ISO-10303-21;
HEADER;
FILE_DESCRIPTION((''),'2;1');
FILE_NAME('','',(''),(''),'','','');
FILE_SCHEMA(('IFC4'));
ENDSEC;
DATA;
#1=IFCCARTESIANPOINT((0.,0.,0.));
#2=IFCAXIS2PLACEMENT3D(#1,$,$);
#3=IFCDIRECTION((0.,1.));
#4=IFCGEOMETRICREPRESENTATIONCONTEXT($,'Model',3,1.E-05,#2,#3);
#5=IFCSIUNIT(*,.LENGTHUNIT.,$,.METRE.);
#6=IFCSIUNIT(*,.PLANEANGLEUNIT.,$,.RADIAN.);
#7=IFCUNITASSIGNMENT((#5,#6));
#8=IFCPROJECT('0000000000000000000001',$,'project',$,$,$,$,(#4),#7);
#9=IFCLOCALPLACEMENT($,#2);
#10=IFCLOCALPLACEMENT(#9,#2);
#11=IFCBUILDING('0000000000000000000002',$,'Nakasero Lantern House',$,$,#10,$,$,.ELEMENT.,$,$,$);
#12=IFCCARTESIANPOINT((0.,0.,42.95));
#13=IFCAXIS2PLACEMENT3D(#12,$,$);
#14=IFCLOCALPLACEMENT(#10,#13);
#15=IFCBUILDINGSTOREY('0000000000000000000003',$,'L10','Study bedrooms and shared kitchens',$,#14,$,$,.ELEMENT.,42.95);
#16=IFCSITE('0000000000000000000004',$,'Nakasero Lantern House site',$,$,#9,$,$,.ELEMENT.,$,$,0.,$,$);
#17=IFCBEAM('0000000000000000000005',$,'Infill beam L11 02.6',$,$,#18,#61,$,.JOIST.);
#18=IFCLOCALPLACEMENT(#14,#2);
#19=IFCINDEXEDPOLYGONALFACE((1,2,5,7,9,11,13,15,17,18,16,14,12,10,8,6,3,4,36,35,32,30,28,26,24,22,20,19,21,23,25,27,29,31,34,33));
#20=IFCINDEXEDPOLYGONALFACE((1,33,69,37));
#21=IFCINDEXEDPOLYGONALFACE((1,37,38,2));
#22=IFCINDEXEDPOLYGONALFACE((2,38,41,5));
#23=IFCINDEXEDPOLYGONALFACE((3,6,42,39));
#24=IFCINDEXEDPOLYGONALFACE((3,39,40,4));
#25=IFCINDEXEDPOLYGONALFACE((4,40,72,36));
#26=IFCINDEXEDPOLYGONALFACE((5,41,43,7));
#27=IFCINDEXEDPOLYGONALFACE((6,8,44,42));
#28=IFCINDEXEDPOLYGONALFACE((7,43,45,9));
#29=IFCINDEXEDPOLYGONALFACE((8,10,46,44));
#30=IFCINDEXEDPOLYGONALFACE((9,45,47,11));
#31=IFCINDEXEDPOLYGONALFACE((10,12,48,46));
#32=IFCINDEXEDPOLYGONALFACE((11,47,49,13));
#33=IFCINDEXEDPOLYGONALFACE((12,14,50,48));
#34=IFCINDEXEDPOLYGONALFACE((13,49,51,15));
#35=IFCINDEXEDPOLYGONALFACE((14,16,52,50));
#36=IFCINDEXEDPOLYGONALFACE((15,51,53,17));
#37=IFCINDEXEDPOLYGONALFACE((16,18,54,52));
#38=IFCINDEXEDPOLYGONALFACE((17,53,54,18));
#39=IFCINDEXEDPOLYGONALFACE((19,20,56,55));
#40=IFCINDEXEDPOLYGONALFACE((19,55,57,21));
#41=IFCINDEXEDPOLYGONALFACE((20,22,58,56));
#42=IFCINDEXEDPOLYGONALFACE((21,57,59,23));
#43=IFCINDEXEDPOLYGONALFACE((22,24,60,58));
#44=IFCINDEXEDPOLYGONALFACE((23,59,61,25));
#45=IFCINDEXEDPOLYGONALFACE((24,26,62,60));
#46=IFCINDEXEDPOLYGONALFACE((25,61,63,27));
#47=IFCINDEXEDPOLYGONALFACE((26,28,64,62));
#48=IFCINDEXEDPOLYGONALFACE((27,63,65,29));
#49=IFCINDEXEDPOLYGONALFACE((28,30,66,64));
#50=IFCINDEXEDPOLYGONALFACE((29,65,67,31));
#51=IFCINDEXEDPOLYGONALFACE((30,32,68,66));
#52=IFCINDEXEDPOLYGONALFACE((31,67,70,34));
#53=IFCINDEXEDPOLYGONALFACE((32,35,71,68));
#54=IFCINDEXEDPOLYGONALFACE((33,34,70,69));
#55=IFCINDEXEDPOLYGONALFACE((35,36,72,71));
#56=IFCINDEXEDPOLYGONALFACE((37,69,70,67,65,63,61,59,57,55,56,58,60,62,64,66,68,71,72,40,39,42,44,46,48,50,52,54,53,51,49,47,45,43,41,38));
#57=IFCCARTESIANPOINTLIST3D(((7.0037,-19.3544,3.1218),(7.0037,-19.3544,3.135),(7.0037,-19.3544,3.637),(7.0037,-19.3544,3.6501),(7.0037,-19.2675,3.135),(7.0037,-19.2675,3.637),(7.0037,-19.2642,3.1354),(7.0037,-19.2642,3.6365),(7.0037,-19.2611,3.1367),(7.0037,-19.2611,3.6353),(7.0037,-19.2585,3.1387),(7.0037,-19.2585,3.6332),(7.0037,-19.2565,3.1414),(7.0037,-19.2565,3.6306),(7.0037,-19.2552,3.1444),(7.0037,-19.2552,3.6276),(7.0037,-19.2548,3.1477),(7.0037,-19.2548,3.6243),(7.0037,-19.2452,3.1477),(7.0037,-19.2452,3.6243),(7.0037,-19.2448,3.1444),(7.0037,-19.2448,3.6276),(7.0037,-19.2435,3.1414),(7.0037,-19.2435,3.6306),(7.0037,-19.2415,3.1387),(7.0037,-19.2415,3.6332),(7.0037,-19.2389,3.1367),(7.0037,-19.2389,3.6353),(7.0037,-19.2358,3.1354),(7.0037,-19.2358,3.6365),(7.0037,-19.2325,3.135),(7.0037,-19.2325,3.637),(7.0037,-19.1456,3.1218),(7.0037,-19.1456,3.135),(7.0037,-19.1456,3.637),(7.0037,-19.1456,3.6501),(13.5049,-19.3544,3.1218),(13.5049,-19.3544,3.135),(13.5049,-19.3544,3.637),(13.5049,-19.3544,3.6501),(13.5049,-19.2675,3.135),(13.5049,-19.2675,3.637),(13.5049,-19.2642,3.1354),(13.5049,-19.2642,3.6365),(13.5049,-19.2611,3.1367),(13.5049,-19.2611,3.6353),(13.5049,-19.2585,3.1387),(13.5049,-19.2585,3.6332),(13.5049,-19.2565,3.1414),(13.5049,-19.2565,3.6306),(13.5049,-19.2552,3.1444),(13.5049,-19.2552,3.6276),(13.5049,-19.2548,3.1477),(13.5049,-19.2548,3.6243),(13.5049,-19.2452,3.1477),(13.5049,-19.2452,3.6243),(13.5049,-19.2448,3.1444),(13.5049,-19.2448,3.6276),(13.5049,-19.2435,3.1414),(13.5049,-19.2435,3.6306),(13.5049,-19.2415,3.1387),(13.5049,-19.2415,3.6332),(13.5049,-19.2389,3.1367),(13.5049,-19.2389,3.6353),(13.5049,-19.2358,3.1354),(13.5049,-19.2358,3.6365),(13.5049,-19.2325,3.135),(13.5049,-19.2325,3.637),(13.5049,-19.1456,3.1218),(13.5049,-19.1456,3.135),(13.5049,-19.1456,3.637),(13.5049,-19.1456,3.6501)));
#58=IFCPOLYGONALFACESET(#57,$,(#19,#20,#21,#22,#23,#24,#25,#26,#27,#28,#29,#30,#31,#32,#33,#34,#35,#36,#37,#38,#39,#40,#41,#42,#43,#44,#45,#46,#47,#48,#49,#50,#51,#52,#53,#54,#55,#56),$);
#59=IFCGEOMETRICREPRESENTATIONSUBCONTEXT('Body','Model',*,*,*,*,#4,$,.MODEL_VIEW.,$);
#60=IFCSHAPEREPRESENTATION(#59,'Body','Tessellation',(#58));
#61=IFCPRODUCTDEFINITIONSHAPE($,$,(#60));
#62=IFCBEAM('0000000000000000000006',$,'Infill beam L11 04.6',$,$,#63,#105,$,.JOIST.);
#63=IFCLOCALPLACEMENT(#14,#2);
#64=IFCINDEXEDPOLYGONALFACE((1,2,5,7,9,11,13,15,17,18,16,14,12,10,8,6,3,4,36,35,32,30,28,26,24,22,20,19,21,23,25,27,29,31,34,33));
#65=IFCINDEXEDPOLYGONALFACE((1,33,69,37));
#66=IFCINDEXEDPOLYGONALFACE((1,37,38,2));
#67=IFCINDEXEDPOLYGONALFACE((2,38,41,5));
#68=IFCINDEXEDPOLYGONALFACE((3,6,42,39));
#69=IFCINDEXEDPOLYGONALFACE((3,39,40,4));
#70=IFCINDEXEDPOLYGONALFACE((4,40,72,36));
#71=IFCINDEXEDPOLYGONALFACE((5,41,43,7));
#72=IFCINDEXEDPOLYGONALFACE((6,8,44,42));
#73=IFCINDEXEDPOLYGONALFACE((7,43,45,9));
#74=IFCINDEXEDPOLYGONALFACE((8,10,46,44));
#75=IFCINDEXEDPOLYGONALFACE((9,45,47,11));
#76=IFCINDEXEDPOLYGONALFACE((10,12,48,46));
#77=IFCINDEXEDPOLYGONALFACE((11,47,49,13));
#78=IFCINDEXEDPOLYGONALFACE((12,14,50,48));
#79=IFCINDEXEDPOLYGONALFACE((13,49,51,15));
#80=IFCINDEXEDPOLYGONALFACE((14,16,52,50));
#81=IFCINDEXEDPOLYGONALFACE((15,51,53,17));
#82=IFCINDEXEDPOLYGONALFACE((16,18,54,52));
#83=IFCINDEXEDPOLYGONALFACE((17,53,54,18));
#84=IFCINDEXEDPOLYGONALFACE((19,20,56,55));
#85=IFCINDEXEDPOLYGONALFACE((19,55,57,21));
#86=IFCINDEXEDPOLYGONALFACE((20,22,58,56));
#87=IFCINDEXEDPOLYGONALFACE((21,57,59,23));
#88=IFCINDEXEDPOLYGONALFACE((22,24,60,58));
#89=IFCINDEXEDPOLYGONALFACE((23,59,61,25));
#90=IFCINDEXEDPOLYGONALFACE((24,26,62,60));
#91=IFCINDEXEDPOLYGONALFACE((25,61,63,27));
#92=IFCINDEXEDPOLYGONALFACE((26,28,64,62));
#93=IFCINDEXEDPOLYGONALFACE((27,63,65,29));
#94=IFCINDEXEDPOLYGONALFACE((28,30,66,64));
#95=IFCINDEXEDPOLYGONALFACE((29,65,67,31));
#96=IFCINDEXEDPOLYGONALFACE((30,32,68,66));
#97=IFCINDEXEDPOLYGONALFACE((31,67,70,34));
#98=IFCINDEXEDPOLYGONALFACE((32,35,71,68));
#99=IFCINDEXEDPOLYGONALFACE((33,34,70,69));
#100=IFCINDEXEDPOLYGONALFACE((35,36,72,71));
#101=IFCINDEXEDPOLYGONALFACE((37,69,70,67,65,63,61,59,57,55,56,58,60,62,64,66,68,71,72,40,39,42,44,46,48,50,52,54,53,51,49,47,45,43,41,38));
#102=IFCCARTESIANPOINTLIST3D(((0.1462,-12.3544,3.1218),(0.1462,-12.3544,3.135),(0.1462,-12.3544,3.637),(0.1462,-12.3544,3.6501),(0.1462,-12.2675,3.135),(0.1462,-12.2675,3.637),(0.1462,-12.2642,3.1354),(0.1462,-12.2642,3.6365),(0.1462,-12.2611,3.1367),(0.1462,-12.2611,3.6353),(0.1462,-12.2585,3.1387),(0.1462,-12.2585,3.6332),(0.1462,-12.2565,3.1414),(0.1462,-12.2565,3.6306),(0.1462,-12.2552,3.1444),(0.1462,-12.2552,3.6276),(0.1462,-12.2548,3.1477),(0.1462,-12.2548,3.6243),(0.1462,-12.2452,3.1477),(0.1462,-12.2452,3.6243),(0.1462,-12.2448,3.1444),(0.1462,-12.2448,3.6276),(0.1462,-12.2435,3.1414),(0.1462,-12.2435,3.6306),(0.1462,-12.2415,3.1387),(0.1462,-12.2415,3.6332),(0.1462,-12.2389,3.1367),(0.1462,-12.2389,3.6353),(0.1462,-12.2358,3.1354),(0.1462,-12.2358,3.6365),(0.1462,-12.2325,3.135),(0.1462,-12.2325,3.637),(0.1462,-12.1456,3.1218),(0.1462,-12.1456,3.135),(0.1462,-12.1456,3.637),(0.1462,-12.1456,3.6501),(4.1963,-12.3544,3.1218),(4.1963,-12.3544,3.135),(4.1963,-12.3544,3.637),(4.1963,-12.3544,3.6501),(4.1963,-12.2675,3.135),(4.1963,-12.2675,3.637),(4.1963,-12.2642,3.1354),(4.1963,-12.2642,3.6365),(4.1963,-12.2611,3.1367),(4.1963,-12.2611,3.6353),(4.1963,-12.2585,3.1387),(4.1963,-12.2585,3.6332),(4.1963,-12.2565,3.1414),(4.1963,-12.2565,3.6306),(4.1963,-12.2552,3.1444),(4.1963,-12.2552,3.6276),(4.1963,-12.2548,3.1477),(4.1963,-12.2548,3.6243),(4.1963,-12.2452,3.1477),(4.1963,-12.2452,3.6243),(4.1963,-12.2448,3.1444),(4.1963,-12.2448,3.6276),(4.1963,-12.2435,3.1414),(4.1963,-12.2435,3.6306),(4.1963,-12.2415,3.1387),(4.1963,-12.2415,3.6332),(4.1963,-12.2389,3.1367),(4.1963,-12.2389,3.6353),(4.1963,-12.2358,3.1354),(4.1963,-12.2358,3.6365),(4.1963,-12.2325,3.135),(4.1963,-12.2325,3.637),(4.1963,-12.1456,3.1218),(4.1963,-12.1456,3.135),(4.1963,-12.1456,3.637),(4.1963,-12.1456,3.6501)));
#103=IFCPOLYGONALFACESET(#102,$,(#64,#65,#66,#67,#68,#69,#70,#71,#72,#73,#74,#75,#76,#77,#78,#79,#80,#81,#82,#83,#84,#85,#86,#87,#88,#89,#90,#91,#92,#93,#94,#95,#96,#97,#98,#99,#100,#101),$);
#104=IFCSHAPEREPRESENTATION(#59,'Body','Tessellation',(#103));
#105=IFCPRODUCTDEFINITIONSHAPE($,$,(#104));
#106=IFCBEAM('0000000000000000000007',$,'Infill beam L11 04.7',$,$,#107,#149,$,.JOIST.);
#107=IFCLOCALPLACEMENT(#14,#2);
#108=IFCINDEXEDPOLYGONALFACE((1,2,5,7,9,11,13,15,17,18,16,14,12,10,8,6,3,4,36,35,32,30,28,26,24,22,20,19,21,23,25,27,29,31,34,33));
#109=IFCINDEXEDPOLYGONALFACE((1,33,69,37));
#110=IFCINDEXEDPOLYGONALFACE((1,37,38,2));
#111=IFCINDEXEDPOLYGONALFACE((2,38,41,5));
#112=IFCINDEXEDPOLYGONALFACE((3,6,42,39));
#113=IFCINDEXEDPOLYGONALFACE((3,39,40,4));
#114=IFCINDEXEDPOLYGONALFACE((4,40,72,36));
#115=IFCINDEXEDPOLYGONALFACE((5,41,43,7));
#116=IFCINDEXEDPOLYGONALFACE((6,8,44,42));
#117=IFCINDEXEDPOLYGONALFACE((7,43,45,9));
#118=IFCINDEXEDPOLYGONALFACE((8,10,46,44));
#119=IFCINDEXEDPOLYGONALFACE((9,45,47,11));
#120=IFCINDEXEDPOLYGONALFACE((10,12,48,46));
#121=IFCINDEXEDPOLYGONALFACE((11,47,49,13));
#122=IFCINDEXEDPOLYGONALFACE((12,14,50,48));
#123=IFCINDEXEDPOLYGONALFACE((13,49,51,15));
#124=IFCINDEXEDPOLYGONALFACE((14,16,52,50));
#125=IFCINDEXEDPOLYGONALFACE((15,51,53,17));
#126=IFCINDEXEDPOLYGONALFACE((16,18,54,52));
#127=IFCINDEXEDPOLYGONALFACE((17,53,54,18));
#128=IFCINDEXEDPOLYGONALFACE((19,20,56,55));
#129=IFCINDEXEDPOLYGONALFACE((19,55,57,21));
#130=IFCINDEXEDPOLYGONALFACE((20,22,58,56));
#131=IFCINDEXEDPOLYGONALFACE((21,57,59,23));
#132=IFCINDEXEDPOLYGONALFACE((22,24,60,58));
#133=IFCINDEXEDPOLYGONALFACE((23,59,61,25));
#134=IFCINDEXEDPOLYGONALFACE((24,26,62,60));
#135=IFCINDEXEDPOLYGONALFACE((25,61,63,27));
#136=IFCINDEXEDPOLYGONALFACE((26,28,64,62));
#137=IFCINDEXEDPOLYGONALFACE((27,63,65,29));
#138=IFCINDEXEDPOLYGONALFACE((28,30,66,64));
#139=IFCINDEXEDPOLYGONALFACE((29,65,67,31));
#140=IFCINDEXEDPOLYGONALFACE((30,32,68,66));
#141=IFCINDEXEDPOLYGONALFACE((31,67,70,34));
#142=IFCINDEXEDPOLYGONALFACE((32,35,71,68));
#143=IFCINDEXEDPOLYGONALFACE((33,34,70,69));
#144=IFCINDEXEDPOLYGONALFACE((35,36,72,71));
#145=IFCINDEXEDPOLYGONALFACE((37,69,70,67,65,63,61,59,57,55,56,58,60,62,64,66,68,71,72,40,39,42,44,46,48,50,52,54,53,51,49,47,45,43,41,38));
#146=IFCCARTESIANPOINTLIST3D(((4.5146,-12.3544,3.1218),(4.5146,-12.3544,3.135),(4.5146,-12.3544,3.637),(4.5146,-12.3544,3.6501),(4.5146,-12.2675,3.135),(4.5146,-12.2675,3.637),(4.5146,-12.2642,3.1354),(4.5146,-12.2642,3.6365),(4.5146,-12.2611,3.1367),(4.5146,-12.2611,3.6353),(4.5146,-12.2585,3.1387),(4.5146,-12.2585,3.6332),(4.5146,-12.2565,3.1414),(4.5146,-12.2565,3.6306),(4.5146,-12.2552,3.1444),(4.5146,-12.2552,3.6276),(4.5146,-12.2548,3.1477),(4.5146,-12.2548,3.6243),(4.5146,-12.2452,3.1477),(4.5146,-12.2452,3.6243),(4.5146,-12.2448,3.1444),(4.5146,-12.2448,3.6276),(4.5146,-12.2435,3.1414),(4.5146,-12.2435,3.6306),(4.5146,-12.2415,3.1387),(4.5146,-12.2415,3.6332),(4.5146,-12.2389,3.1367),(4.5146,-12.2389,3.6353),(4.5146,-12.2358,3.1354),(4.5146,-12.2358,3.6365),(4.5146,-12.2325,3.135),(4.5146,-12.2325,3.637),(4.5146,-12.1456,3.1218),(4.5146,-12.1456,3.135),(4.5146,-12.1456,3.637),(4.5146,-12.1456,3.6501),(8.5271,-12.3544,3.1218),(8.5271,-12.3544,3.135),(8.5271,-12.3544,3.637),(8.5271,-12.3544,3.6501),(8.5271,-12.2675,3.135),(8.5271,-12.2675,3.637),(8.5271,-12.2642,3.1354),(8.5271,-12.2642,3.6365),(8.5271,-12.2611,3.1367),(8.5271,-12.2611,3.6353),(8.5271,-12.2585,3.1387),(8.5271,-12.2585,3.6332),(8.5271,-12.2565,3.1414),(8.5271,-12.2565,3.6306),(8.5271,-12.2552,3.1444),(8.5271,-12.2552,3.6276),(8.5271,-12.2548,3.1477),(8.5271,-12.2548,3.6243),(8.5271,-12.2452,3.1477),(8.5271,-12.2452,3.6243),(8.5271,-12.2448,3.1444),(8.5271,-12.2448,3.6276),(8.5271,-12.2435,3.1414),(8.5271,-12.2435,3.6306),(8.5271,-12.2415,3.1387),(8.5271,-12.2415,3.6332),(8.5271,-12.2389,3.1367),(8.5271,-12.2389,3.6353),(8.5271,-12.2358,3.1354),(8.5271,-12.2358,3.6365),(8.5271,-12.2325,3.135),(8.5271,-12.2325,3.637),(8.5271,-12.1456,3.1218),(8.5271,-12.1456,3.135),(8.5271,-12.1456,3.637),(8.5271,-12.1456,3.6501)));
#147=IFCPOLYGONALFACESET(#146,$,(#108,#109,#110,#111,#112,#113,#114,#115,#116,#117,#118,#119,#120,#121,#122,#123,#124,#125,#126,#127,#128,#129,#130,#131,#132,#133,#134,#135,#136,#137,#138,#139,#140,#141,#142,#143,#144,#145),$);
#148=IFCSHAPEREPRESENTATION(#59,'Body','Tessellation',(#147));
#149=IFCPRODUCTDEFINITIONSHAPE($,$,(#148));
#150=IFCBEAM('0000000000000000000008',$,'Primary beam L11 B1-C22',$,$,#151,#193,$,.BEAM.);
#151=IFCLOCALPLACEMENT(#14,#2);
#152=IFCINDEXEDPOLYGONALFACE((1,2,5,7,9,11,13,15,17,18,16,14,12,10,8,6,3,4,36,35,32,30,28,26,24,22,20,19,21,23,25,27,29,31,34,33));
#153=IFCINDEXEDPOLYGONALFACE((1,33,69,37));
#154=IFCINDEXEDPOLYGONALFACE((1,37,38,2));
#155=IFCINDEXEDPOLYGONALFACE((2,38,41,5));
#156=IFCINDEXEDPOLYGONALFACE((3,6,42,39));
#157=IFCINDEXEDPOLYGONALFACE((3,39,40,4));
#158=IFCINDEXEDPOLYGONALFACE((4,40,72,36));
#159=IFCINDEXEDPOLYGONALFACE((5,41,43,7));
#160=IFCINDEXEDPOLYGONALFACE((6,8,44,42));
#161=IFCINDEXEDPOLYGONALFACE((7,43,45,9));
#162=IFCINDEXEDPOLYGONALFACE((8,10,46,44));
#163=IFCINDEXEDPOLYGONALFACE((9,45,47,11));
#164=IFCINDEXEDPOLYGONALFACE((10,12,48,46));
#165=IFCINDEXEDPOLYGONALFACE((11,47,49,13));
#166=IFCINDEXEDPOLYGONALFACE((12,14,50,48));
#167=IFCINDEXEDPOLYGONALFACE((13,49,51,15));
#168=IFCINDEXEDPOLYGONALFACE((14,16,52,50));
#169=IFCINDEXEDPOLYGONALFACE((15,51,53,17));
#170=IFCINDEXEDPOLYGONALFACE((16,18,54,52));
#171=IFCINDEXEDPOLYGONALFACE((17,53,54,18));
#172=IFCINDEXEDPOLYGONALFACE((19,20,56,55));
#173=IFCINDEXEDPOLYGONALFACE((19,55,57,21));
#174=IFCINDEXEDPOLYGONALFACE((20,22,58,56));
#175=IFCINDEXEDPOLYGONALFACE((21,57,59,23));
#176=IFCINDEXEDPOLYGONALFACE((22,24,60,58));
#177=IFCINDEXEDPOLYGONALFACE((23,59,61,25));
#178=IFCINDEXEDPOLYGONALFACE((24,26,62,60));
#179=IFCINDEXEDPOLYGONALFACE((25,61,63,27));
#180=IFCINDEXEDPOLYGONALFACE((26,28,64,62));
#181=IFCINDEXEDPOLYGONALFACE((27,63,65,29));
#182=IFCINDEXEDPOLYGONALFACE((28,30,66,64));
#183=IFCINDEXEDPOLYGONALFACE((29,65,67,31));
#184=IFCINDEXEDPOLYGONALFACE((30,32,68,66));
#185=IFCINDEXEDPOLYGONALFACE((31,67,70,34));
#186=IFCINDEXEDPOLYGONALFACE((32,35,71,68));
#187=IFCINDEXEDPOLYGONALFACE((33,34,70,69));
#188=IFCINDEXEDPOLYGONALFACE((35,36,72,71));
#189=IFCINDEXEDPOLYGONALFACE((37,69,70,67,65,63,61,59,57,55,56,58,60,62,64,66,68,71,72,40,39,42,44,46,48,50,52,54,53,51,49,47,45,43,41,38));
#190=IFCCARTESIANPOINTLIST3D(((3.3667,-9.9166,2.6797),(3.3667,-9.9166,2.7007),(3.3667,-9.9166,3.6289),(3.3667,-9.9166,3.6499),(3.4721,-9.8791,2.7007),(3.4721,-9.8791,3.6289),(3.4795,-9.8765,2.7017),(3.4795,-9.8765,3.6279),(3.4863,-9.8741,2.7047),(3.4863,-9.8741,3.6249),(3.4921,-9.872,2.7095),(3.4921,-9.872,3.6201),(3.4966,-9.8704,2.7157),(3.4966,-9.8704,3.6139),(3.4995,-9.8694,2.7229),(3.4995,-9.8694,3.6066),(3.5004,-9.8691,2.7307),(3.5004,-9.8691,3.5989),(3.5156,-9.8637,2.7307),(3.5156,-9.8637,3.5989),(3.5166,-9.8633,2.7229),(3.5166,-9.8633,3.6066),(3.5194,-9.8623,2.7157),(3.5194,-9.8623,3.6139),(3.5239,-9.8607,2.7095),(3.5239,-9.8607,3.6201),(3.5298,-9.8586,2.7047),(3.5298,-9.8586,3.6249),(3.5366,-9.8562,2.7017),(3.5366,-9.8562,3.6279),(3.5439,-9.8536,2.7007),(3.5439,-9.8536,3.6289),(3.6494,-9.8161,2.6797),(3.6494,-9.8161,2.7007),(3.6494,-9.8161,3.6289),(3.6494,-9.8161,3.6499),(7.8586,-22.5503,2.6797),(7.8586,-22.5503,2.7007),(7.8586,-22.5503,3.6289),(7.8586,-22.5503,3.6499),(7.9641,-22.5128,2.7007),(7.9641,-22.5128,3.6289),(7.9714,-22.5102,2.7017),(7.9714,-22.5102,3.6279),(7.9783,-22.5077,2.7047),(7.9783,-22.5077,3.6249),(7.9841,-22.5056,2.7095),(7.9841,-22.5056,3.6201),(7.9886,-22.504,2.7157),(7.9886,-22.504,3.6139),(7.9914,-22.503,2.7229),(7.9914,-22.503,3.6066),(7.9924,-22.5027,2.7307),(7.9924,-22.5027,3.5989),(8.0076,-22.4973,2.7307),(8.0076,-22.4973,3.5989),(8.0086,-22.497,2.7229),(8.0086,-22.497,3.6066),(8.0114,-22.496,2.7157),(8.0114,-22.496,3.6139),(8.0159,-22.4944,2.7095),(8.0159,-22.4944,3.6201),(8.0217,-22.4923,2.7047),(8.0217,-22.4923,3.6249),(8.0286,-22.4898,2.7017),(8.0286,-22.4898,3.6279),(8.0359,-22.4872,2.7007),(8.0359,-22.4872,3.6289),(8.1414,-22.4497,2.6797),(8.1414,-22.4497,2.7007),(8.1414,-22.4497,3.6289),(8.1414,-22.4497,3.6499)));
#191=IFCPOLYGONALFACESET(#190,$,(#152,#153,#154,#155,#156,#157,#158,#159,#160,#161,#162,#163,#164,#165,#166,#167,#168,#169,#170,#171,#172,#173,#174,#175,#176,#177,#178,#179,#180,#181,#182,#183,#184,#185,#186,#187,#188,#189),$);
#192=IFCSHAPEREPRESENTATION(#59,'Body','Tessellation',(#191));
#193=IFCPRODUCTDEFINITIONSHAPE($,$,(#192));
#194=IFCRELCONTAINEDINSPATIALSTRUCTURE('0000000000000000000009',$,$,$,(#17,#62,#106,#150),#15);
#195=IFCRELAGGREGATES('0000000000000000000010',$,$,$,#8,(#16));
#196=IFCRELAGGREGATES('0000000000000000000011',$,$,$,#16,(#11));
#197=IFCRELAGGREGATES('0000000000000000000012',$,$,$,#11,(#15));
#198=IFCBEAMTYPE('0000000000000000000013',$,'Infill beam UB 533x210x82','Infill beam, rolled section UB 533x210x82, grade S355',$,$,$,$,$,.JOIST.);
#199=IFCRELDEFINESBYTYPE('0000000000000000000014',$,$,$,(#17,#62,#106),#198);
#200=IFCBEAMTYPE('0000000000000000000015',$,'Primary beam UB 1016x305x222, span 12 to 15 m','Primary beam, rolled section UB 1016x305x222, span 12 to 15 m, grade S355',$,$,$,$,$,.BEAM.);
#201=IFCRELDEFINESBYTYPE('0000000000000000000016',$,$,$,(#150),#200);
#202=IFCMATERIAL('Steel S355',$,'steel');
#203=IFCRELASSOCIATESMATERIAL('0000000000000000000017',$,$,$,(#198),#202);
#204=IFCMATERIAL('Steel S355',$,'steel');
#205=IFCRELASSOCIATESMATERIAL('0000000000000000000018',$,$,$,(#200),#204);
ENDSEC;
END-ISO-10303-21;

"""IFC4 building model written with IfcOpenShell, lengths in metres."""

from ifc_helpers import new_model, si_unit, direction, frame, origin, origin_2d, place, context, subcontext, project, spatial, i_section, extrude, material, material_profile, profile_set, type_object, element, save


model = new_model("IFC4")

# Units and contexts
model_context = context("Model", 3, precision=1e-05, world=origin(), true_north=direction((0.0, 1.0)))
body_context = subcontext(model_context, "Body", "Model", "MODEL_VIEW")
ifc_project = project(units=[si_unit("LENGTHUNIT", "METRE"), si_unit("PLANEANGLEUNIT", "RADIAN")], contexts=[model_context])

# Site, building, storey
site_placement = place(None, origin())
site = spatial("IfcSite", under=ifc_project, at=site_placement, Name="Nakasero Lantern House site", CompositionType="ELEMENT", RefElevation=0.0)
building_placement = place(site_placement, origin())
building = spatial("IfcBuilding", under=site, at=building_placement, Name="Nakasero Lantern House", CompositionType="ELEMENT")
storey_placement = place(building_placement, frame((0.0, 0.0, 42.95)))
storey = spatial("IfcBuildingStorey", under=building, at=storey_placement, Name="L10", Description="Study bedrooms and shared kitchens", CompositionType="ELEMENT", Elevation=42.95)

# Beams
ifc_material_1 = material(Name="Steel S355", Category="steel")
ifc_material_profile_1 = material_profile(ifc_material_1, i_section(OverallWidth=0.2087, OverallDepth=0.5283, WebThickness=0.0095, FlangeThickness=0.0132, FilletRadius=0.0127, at=origin_2d()), Name="UB 533x210x82")
ifc_profile_set_1 = profile_set([ifc_material_profile_1], Name="Steel S355")
beam_type_1 = type_object("IfcBeamType", Name="Infill beam UB 533x210x82", Description="Infill beam, rolled section UB 533x210x82, grade S355", PredefinedType="JOIST", material=ifc_profile_set_1)
beam_1_placement = place(storey_placement, frame((7.0037, -19.25, 3.386), z_axis=(1.0, 0.0, 0.0), x_axis=(0.0, 1.0, 0.0)))
element("IfcBeam", 1, at=beam_1_placement, inside=storey, type_object=beam_type_1, Name="Infill beam L11 02.6", PredefinedType="JOIST", context=body_context, shape_type="SweptSolid", body=[
    extrude(i_section(OverallWidth=0.2087, OverallDepth=0.5283, WebThickness=0.0095, FlangeThickness=0.0132, FilletRadius=0.0127, at=origin_2d()), origin(), (0.0, 0.0, 1.0), 6.5012),
])
beam_2_placement = place(storey_placement, frame((0.1462, -12.25, 3.386), z_axis=(1.0, 0.0, 0.0), x_axis=(0.0, 1.0, 0.0)))
element("IfcBeam", 2, at=beam_2_placement, inside=storey, type_object=beam_type_1, Name="Infill beam L11 04.6", PredefinedType="JOIST", context=body_context, shape_type="SweptSolid", body=[
    extrude(i_section(OverallWidth=0.2087, OverallDepth=0.5283, WebThickness=0.0095, FlangeThickness=0.0132, FilletRadius=0.0127, at=origin_2d()), origin(), (0.0, 0.0, 1.0), 4.05),
])
beam_3_placement = place(storey_placement, frame((4.5146, -12.25, 3.386), z_axis=(1.0, 0.0, 0.0), x_axis=(0.0, 1.0, 0.0)))
element("IfcBeam", 3, at=beam_3_placement, inside=storey, type_object=beam_type_1, Name="Infill beam L11 04.7", PredefinedType="JOIST", context=body_context, shape_type="SweptSolid", body=[
    extrude(i_section(OverallWidth=0.2087, OverallDepth=0.5283, WebThickness=0.0095, FlangeThickness=0.0132, FilletRadius=0.0127, at=origin_2d()), origin(), (0.0, 0.0, 1.0), 4.0125),
])
ifc_material_2 = material(Name="Steel S355", Category="steel")
ifc_material_profile_2 = material_profile(ifc_material_2, i_section(OverallWidth=0.3, OverallDepth=0.9702, WebThickness=0.0161, FlangeThickness=0.021, FilletRadius=0.03, at=origin_2d()), Name="UB 1016x305x222")
ifc_profile_set_2 = profile_set([ifc_material_profile_2], Name="Steel S355")
beam_type_2 = type_object("IfcBeamType", Name="Primary beam UB 1016x305x222, span 12 to 15 m", Description="Primary beam, rolled section UB 1016x305x222, span 12 to 15 m, grade S355", PredefinedType="BEAM", material=ifc_profile_set_2)
beam_4_placement = place(storey_placement, frame((8.0, -22.5, 3.1648), z_axis=(-0.335011, 0.942214, 0.0), x_axis=(-0.942214, -0.335011, 0.0)))
element("IfcBeam", 4, at=beam_4_placement, inside=storey, type_object=beam_type_2, Name="Primary beam L11 B1-C22", PredefinedType="BEAM", context=body_context, shape_type="SweptSolid", body=[
    extrude(i_section(OverallWidth=0.3, OverallDepth=0.9702, WebThickness=0.0161, FlangeThickness=0.021, FilletRadius=0.03, at=origin_2d()), origin(), (0.0, 0.0, 1.0), 13.4084),
])

save(model, "model.ifc")
